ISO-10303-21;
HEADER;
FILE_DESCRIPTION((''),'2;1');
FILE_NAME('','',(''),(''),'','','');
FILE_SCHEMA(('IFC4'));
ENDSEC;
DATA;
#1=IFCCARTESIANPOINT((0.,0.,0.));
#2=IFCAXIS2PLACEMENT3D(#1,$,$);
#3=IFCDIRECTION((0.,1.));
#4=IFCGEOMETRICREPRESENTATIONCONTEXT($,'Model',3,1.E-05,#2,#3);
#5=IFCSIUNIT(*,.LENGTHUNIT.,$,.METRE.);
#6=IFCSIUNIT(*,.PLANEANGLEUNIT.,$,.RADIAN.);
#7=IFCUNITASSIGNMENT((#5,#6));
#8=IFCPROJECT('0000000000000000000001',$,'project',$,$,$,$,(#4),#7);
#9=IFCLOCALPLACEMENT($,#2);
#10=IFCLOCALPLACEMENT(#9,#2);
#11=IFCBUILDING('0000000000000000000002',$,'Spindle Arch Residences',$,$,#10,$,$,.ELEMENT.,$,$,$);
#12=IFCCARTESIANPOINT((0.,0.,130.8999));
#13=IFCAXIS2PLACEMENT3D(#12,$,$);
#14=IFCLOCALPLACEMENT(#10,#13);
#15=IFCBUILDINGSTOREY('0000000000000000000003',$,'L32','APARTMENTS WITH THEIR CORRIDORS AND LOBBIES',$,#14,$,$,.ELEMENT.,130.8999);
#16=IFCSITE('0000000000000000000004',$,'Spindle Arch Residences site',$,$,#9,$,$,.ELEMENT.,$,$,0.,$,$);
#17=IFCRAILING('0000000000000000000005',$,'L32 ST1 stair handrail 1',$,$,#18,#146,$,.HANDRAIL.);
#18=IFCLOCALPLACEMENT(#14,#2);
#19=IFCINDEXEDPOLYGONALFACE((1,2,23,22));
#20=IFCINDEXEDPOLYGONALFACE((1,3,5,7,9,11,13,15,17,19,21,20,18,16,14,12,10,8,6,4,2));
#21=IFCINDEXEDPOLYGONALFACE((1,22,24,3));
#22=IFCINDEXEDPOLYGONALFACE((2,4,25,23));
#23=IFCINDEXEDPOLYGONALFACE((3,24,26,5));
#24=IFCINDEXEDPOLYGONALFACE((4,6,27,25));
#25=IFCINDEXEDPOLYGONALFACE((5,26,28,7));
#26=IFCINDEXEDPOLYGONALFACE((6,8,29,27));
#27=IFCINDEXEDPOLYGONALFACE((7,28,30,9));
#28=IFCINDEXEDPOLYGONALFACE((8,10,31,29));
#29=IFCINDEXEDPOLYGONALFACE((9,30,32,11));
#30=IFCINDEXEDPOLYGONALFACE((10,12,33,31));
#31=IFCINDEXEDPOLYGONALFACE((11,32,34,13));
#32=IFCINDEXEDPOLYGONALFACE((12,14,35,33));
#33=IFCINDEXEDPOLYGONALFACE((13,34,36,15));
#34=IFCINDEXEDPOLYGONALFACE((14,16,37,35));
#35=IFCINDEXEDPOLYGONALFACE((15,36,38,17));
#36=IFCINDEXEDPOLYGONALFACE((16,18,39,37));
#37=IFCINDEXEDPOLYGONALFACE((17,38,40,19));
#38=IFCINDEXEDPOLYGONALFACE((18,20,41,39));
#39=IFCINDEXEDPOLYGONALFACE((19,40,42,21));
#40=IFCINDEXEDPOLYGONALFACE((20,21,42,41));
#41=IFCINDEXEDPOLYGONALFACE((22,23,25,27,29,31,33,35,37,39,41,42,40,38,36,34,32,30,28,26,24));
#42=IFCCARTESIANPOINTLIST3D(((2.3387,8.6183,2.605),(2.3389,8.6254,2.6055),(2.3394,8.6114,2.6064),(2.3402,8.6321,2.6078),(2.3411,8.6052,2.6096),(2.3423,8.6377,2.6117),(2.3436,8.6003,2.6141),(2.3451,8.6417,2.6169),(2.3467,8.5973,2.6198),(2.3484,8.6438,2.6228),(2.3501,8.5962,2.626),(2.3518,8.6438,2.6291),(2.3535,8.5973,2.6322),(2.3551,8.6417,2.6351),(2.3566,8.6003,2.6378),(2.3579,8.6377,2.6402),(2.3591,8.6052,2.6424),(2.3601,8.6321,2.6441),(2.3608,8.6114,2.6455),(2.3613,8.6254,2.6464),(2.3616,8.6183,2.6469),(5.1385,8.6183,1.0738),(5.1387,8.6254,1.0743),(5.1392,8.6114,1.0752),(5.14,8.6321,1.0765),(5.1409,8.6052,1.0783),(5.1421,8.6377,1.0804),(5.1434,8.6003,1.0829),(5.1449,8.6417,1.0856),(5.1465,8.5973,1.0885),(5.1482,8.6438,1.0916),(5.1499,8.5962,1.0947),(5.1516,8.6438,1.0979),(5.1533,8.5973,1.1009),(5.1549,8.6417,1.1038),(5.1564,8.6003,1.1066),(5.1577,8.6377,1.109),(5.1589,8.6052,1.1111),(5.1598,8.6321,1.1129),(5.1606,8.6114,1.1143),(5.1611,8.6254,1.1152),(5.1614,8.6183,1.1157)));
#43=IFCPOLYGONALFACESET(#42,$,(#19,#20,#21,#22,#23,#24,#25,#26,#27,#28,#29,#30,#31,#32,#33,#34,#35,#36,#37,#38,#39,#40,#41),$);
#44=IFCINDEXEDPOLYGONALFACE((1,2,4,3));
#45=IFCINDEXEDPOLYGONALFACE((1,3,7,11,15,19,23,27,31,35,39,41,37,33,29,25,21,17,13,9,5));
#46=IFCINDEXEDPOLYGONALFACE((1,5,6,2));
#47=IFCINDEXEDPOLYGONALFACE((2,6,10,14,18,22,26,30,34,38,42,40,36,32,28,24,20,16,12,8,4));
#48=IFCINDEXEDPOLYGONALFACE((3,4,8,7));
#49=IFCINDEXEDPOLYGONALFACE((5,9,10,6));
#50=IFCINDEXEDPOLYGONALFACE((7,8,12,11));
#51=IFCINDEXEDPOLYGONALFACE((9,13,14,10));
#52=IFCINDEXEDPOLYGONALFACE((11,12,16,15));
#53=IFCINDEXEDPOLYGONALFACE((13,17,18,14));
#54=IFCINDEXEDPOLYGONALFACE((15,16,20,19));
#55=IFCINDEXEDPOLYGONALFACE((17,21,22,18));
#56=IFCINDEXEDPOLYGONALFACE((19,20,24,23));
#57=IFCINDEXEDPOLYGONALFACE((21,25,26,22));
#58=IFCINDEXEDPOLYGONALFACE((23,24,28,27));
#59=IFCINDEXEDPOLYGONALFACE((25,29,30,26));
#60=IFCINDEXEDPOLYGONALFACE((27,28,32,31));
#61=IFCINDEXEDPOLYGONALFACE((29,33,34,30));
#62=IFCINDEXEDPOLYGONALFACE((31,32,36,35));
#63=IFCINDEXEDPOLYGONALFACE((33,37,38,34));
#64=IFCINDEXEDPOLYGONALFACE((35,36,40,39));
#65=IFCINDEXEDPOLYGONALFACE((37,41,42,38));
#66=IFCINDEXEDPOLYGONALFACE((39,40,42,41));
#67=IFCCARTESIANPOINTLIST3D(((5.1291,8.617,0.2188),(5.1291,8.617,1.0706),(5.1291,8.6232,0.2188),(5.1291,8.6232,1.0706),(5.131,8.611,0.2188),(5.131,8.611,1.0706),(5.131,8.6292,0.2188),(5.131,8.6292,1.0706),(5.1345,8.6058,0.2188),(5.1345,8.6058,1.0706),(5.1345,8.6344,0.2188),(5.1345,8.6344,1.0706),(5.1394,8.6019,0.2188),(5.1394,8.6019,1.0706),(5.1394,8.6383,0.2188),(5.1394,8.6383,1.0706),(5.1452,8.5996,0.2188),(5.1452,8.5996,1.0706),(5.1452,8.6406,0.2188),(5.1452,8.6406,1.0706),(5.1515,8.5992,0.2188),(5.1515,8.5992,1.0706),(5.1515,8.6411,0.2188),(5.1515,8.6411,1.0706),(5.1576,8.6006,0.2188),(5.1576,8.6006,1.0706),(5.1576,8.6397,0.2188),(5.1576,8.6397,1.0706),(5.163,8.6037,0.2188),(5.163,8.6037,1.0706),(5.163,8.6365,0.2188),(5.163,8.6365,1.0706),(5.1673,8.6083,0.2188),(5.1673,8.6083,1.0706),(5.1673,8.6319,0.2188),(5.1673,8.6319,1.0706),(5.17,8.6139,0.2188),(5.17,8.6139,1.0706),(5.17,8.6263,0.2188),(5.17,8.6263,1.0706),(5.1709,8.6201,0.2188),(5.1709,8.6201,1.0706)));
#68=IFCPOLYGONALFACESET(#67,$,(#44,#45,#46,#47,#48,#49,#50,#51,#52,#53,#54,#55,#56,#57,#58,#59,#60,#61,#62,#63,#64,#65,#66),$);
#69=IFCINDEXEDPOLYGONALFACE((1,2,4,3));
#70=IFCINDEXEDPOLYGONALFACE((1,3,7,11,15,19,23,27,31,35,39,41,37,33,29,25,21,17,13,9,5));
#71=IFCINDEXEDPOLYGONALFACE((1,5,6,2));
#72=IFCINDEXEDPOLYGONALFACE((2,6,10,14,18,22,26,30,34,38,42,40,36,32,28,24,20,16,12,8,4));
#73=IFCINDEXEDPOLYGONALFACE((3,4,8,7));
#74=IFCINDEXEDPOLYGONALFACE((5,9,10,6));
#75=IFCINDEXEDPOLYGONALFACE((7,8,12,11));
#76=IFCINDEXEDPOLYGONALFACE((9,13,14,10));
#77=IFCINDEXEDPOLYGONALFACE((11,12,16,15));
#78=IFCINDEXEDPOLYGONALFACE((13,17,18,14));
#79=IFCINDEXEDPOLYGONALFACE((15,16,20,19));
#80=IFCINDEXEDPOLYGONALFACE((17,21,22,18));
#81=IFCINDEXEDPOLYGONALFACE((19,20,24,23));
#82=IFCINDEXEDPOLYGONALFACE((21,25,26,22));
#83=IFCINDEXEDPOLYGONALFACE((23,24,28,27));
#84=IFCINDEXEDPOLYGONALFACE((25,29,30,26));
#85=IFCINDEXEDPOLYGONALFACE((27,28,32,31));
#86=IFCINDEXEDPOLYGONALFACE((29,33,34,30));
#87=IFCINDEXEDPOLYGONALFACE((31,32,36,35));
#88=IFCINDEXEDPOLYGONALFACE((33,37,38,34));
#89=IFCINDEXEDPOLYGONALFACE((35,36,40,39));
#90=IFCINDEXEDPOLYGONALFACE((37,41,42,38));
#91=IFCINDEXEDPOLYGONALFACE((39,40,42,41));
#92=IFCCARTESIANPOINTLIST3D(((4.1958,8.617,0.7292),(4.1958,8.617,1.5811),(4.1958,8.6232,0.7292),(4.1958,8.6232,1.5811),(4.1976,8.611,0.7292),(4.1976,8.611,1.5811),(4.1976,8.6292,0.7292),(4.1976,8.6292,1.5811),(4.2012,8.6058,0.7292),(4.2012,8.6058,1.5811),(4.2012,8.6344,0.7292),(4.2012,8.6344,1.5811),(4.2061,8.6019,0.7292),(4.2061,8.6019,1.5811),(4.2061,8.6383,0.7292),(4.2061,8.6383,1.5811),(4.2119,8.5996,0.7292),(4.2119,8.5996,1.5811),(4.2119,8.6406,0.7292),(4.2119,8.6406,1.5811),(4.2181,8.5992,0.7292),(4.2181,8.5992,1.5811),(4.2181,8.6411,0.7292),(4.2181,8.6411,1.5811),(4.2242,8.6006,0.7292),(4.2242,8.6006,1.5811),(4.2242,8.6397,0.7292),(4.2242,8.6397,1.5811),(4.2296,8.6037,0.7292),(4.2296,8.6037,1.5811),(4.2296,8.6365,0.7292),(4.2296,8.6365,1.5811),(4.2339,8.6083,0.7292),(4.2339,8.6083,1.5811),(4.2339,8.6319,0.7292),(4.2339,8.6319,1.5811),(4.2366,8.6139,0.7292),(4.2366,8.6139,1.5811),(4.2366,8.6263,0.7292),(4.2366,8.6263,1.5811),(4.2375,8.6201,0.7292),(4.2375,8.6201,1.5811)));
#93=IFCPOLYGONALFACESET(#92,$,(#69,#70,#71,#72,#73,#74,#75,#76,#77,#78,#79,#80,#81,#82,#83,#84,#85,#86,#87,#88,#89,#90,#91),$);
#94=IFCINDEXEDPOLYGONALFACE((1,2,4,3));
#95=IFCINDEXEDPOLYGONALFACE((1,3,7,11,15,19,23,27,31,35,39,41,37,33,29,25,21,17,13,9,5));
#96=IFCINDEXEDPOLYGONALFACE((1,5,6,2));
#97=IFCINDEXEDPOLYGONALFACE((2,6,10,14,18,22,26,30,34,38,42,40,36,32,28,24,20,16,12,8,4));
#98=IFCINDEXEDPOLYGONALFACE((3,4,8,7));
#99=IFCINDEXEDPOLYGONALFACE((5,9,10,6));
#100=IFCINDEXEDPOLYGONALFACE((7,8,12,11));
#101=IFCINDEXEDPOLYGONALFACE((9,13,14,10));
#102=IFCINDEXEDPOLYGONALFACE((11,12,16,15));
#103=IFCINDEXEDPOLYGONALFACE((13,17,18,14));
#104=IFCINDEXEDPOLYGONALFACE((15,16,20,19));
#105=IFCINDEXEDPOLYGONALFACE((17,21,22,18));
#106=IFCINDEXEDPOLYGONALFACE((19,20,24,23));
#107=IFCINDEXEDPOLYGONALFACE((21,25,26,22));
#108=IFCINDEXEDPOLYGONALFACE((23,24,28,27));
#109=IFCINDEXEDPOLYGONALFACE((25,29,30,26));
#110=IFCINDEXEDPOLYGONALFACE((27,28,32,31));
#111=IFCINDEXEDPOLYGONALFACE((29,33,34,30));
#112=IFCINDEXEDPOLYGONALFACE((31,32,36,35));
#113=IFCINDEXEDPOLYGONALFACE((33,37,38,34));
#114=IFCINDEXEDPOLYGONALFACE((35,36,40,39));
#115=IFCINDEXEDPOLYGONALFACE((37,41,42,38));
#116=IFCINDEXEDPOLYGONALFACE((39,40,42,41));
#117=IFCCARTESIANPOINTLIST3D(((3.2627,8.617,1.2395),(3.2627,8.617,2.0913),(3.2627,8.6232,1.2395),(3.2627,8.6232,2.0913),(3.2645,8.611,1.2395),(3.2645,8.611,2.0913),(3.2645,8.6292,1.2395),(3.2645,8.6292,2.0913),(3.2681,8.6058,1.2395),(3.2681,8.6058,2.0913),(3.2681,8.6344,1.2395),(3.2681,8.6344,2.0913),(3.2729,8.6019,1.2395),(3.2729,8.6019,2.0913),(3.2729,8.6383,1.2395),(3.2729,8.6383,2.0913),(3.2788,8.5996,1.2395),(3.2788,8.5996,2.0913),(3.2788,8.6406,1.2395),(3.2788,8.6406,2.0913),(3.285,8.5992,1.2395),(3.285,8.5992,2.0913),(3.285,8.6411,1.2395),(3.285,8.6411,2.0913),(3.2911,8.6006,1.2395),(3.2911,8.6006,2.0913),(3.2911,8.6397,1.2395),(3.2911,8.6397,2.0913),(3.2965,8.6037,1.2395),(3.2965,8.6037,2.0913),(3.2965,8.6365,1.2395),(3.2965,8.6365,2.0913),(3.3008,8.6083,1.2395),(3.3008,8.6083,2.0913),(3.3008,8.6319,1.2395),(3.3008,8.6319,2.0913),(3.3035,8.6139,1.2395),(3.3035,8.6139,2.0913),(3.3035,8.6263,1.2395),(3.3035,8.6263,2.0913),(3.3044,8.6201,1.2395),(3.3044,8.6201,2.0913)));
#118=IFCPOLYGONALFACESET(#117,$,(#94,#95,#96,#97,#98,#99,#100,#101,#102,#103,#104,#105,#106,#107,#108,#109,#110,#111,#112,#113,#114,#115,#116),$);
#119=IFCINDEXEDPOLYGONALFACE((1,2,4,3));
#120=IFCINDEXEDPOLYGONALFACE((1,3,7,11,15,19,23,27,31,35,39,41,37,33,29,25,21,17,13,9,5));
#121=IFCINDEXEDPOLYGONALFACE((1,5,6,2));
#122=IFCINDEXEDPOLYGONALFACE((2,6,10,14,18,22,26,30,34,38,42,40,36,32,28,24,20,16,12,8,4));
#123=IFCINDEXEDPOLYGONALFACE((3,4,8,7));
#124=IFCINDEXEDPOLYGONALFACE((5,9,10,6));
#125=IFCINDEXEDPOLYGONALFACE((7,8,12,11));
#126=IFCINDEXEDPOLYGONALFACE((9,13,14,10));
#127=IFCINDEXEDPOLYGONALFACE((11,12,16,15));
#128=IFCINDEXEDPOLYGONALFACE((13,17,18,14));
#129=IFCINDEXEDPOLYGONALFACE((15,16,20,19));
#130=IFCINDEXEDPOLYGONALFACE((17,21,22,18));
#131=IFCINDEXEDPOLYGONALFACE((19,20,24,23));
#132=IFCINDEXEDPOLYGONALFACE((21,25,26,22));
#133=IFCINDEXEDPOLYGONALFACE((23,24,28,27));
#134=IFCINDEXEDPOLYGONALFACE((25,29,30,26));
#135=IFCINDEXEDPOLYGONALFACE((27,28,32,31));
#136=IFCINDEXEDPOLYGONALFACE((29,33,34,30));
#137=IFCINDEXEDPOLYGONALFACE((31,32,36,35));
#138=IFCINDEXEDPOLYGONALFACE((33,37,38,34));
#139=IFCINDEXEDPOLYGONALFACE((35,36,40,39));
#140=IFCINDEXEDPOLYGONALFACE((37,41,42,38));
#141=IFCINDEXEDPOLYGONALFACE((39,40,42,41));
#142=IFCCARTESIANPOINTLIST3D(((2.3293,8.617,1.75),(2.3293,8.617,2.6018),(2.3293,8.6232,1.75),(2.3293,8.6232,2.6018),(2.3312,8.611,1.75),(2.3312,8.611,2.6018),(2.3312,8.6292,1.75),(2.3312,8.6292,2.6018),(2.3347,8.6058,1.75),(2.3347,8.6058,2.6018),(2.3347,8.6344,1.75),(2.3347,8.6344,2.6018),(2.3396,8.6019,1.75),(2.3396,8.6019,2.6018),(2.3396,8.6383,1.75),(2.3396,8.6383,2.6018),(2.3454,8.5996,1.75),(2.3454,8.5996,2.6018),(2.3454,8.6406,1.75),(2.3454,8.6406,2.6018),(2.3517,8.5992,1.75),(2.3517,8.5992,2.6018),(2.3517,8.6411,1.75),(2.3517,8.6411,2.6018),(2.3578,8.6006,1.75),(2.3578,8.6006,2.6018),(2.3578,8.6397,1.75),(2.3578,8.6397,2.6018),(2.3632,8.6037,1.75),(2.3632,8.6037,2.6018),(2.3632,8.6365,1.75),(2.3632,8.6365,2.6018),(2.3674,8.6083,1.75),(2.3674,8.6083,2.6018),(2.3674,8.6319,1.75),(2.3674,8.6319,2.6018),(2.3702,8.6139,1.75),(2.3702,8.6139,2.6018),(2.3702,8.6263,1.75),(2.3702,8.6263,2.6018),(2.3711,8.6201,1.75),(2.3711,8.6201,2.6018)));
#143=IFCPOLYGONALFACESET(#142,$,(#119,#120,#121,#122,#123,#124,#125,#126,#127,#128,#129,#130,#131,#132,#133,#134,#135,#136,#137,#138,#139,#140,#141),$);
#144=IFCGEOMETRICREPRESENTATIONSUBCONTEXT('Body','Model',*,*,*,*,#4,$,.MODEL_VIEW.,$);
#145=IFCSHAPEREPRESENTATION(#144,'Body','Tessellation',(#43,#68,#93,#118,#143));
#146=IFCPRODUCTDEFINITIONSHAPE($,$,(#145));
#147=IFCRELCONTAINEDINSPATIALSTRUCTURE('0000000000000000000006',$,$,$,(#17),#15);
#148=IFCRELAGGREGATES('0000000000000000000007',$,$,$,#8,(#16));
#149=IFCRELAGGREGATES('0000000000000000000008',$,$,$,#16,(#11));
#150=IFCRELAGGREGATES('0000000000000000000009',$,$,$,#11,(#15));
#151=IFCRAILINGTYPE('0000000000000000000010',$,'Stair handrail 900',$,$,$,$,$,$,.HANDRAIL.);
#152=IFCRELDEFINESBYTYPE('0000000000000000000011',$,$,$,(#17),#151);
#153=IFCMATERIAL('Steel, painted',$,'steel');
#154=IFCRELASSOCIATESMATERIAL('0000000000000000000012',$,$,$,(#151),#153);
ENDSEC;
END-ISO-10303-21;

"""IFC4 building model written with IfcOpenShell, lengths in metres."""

from ifc_helpers import new_model, si_unit, direction, frame, origin, origin_2d, place, context, subcontext, project, spatial, circle, extrude, material, type_object, element, save


model = new_model("IFC4")

# Units and contexts
model_context = context("Model", 3, precision=1e-05, world=origin(), true_north=direction((0.0, 1.0)))
body_context = subcontext(model_context, "Body", "Model", "MODEL_VIEW")
ifc_project = project(units=[si_unit("LENGTHUNIT", "METRE"), si_unit("PLANEANGLEUNIT", "RADIAN")], contexts=[model_context])

# Site, building, storey
site_placement = place(None, origin())
site = spatial("IfcSite", under=ifc_project, at=site_placement, Name="Spindle Arch Residences site", CompositionType="ELEMENT", RefElevation=0.0)
building_placement = place(site_placement, origin())
building = spatial("IfcBuilding", under=site, at=building_placement, Name="Spindle Arch Residences", CompositionType="ELEMENT")
storey_placement = place(building_placement, frame((0.0, 0.0, 130.8999)))
storey = spatial("IfcBuildingStorey", under=building, at=storey_placement, Name="L32", Description="APARTMENTS WITH THEIR CORRIDORS AND LOBBIES", CompositionType="ELEMENT", Elevation=130.8999)

# Railing
ifc_material_1 = material(Name="Steel, painted", Category="steel")
railing_type = type_object("IfcRailingType", Name="Stair handrail 900", PredefinedType="HANDRAIL", material=ifc_material_1)
railing_placement = place(storey_placement, frame((5.1499, 8.6201, 0.2188)))
element("IfcRailing", 1, at=railing_placement, inside=storey, type_object=railing_type, Name="L32 ST1 stair handrail 1", PredefinedType="HANDRAIL", context=body_context, shape_type="SweptSolid", body=[
    extrude(circle(Radius=0.0239, at=origin_2d()), frame((0.0, 0.0, 0.876), z_axis=(-0.877357, 0.0, 0.479838), x_axis=(0.0, -1.0, 0.0)), (0.0, 0.0, 1.0), 3.1912),
    extrude(circle(Radius=0.021, at=origin_2d()), origin(), (0.0, 0.0, 1.0), 0.8518),
    extrude(circle(Radius=0.021, at=origin_2d()), frame((-0.9333, 0.0, 0.5105)), (0.0, 0.0, 1.0), 0.8518),
    extrude(circle(Radius=0.021, at=origin_2d()), frame((-1.8665, 0.0, 1.0208)), (0.0, 0.0, 1.0), 0.8518),
    extrude(circle(Radius=0.021, at=origin_2d()), frame((-2.7998, 0.0, 1.5312)), (0.0, 0.0, 1.0), 0.8518),
])

save(model, "model.ifc")
